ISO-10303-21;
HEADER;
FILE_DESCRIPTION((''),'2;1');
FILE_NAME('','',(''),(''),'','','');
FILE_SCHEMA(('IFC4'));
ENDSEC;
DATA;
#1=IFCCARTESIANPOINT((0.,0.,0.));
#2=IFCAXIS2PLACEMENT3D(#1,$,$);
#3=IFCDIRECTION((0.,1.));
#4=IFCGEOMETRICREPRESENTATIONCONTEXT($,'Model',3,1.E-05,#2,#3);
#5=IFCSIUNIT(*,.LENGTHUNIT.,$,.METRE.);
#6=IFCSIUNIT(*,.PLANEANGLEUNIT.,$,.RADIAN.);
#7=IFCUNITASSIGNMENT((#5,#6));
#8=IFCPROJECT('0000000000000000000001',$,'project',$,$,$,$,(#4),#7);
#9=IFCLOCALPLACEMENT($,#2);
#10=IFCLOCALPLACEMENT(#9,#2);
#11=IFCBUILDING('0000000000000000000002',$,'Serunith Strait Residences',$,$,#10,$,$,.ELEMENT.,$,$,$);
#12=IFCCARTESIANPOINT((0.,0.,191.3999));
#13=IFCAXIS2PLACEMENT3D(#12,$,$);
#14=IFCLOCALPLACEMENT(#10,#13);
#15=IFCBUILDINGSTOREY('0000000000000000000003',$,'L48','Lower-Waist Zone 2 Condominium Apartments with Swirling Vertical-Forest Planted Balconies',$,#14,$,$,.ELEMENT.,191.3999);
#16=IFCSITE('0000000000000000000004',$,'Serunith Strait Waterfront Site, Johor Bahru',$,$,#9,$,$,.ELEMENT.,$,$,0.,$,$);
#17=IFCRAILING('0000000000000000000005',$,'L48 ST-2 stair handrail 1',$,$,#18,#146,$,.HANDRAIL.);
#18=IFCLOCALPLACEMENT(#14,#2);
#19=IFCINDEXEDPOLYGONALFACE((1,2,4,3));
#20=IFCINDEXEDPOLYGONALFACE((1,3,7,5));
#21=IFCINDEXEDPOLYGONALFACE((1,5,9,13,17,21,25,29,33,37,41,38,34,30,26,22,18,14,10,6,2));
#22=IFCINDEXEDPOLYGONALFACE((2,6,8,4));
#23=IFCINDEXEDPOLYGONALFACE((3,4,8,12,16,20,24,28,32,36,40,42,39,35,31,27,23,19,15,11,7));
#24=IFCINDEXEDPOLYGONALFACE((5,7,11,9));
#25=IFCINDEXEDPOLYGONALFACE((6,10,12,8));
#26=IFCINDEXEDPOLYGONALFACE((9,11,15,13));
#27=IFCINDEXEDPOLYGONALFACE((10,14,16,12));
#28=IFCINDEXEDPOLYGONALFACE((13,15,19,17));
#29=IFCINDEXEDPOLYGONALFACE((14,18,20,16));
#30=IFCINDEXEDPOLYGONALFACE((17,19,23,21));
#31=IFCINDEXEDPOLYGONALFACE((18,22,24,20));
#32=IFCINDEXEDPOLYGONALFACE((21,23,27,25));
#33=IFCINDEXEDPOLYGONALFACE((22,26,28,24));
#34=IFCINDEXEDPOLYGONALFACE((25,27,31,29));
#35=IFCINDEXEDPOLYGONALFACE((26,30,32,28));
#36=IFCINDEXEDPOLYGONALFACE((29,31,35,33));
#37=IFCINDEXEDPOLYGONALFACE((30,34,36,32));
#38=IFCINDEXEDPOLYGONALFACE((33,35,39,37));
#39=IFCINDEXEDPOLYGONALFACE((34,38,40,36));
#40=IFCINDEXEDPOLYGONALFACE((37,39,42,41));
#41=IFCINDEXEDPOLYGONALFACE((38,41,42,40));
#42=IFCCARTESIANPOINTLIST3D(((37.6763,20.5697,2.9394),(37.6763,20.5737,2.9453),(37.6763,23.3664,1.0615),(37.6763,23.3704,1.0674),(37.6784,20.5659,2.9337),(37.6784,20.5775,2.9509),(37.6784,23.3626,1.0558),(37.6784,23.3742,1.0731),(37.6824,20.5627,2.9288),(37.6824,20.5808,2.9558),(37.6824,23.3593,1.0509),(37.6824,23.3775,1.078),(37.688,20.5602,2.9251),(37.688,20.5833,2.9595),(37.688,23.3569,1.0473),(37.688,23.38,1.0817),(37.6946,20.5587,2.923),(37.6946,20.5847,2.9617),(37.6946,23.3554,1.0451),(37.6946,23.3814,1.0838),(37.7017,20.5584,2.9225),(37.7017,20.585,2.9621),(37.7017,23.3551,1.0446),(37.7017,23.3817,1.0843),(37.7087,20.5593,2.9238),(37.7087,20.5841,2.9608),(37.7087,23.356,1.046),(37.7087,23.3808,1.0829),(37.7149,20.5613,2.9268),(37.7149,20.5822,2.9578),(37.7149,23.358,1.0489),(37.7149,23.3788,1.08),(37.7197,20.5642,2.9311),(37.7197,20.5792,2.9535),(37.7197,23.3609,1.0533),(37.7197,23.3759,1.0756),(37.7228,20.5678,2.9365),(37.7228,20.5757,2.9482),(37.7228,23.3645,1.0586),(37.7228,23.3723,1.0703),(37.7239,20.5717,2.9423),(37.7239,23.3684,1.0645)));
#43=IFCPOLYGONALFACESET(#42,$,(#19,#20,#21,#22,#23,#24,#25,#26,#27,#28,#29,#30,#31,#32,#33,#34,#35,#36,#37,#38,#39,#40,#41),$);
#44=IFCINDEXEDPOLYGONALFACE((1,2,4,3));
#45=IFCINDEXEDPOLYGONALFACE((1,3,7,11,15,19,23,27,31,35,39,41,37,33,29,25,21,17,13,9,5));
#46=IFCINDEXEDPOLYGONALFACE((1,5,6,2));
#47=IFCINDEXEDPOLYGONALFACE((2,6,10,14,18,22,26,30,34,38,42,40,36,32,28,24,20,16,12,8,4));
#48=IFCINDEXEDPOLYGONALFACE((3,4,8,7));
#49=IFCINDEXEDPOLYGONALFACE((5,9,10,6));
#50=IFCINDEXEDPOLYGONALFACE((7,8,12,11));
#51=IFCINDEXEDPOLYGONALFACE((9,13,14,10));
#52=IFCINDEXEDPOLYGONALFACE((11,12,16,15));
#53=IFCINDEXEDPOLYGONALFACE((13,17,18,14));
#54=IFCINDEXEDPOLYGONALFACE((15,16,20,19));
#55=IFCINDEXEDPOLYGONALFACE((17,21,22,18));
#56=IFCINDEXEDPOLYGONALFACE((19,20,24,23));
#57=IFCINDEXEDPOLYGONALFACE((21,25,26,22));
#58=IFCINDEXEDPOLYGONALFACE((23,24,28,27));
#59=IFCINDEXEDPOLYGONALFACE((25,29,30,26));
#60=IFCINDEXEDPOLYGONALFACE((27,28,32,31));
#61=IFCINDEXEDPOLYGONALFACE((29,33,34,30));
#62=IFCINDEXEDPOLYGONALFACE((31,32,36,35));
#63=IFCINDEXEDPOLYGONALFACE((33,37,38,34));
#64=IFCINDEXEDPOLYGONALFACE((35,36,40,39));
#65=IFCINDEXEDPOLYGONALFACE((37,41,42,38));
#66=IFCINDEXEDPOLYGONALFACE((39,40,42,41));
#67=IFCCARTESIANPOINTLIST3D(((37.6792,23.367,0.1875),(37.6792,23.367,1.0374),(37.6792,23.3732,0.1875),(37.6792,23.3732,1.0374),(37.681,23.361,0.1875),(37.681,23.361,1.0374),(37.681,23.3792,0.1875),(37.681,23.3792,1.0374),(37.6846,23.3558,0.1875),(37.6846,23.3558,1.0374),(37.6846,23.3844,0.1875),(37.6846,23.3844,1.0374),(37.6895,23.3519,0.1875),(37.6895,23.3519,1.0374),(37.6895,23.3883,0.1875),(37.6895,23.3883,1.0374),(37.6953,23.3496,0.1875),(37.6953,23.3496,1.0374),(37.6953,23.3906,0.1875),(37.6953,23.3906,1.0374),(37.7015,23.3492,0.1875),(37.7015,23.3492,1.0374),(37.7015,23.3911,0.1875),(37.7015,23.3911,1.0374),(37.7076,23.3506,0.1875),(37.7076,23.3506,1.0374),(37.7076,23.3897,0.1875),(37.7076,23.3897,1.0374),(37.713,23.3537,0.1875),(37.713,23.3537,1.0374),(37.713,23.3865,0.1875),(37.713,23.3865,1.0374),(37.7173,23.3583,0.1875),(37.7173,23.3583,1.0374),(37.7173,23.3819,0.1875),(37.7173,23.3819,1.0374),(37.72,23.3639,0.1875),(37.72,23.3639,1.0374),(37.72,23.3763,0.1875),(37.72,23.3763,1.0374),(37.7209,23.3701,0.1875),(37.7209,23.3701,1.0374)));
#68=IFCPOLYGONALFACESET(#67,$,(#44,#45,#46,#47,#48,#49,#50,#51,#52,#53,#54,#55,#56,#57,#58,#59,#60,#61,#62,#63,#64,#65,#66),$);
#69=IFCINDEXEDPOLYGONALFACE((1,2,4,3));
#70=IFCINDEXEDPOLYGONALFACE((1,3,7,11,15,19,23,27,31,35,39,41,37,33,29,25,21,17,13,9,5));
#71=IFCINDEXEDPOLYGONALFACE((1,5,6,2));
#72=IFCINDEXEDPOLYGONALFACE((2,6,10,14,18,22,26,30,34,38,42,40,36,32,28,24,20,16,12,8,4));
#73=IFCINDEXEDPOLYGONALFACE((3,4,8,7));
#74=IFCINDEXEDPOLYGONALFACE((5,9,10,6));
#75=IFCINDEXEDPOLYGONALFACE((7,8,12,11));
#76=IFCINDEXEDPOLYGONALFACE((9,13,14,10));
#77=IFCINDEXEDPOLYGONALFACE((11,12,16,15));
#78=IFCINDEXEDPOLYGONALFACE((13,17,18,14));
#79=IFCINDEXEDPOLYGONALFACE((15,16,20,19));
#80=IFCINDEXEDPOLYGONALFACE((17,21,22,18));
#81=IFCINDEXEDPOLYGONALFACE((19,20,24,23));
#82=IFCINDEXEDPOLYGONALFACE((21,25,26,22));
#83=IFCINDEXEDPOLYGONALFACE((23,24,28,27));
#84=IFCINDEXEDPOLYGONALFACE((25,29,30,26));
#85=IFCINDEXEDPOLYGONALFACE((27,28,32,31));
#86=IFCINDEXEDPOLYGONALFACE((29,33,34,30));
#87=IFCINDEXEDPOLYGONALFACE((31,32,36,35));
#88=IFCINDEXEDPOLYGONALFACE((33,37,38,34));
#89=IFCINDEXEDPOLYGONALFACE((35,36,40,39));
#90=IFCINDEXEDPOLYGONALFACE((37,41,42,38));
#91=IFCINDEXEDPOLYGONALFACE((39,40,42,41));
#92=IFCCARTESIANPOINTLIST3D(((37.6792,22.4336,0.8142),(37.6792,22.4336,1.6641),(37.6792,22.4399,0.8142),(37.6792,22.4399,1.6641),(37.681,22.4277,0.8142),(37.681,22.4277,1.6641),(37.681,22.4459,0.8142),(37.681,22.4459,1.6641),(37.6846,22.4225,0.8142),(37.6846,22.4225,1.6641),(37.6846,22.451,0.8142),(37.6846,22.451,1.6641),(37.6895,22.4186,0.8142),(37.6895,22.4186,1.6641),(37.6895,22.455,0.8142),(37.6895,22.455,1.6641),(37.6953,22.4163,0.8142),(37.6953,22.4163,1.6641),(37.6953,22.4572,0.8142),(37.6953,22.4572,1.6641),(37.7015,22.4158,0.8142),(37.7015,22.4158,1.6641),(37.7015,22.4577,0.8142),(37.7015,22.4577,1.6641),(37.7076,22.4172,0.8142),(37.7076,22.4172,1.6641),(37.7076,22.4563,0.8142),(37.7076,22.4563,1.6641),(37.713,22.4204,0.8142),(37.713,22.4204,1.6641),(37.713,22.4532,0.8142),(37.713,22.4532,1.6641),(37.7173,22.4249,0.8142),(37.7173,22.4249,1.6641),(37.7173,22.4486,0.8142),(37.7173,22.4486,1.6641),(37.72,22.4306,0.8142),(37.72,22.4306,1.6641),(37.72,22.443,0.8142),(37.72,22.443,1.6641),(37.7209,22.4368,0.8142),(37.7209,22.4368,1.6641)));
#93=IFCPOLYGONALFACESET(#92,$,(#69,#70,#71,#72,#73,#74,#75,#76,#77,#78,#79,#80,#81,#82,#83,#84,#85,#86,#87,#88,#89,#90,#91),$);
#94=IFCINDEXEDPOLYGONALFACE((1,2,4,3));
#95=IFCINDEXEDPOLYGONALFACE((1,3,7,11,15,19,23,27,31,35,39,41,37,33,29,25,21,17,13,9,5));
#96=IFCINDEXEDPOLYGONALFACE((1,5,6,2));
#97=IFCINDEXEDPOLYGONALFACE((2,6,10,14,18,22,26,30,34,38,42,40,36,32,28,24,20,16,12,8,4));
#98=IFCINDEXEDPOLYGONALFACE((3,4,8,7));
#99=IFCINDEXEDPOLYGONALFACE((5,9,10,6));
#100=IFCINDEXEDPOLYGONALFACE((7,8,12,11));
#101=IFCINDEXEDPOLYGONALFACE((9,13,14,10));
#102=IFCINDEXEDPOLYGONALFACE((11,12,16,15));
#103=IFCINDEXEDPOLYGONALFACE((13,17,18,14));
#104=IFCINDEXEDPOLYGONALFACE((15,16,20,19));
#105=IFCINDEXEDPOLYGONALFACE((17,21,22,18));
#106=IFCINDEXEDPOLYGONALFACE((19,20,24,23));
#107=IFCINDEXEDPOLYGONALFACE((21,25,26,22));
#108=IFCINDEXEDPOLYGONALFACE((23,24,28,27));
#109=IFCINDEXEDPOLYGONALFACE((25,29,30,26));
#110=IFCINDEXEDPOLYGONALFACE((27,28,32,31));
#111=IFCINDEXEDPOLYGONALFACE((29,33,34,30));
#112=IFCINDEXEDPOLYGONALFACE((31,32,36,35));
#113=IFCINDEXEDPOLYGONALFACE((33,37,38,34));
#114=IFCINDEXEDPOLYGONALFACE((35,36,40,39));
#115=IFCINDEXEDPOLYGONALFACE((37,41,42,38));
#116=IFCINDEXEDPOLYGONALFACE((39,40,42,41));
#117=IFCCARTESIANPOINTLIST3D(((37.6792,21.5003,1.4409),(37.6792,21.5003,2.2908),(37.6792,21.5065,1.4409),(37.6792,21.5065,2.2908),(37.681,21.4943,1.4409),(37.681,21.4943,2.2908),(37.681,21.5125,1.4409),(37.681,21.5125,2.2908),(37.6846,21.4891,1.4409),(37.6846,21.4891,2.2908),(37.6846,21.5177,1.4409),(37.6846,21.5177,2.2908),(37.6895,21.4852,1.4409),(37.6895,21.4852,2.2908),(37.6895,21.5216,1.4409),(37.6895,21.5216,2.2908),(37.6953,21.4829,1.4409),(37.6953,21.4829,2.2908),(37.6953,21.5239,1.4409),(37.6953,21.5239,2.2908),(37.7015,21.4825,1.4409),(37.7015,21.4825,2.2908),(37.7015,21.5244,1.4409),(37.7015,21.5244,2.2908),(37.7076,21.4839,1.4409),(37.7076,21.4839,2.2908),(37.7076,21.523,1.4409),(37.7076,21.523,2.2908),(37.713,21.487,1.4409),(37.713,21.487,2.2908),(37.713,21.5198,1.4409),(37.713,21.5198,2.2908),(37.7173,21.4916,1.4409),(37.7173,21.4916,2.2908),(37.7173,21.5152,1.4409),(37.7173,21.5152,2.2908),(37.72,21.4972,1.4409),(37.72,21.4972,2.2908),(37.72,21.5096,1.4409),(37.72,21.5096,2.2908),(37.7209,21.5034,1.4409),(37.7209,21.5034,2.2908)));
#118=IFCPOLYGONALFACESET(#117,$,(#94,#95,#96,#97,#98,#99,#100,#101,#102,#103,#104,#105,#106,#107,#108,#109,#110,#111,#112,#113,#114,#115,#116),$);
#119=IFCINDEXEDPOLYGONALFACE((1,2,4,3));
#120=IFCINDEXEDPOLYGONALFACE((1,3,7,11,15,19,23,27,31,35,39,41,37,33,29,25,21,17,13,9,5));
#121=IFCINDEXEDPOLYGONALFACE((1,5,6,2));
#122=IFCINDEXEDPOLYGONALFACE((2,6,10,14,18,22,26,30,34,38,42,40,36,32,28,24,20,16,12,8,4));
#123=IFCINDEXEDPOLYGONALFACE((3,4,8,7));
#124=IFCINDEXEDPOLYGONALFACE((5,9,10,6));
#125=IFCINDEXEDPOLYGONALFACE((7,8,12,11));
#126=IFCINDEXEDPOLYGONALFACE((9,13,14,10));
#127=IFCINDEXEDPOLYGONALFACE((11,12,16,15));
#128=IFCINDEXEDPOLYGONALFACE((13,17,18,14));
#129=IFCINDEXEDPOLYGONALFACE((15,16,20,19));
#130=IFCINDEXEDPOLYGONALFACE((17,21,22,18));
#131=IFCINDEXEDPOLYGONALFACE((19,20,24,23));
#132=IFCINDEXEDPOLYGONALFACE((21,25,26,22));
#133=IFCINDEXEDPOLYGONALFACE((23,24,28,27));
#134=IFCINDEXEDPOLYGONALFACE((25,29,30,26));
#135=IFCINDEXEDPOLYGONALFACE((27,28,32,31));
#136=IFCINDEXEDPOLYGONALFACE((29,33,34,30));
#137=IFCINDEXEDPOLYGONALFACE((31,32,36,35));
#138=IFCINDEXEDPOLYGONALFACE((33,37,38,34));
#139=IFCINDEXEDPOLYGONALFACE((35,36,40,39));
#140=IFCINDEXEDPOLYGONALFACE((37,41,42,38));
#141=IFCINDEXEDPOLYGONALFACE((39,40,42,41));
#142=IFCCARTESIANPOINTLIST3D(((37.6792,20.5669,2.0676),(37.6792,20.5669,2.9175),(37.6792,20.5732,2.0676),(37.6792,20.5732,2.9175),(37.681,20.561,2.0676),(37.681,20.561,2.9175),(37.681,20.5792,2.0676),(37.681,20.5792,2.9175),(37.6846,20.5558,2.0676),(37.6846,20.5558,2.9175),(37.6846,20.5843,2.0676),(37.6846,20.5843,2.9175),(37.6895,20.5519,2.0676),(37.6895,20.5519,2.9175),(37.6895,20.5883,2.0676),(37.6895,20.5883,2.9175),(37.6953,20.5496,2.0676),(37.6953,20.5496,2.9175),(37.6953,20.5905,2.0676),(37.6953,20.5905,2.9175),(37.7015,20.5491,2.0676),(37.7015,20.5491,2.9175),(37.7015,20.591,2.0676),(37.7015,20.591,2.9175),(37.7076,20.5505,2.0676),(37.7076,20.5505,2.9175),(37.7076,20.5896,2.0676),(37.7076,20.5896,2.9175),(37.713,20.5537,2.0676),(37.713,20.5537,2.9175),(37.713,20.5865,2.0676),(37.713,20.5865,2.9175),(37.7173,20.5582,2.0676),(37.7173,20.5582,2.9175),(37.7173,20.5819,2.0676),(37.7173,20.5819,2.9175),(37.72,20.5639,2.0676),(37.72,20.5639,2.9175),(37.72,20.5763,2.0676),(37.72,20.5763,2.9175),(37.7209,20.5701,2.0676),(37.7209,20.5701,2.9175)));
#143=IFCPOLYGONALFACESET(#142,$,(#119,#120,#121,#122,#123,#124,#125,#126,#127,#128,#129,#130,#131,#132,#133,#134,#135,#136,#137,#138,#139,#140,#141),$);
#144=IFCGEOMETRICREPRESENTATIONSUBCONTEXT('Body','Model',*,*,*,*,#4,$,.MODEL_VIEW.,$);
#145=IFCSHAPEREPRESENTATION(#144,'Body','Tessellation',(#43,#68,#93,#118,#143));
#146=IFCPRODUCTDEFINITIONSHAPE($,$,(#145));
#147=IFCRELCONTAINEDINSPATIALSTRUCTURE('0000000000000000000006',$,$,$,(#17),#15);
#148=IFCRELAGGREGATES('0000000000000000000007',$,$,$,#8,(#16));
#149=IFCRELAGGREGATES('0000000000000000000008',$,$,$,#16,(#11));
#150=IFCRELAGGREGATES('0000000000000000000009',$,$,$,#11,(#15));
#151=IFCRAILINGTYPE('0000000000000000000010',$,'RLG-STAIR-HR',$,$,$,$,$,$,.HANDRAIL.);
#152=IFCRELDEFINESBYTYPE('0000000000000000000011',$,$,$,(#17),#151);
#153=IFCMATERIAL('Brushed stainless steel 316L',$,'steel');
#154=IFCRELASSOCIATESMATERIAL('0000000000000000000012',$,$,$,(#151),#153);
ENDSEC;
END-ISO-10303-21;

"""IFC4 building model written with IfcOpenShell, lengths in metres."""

from ifc_helpers import new_model, si_unit, direction, frame, origin, origin_2d, place, context, subcontext, project, spatial, circle, extrude, material, type_object, element, save


model = new_model("IFC4")

# Units and contexts
model_context = context("Model", 3, precision=1e-05, world=origin(), true_north=direction((0.0, 1.0)))
body_context = subcontext(model_context, "Body", "Model", "MODEL_VIEW")
ifc_project = project(units=[si_unit("LENGTHUNIT", "METRE"), si_unit("PLANEANGLEUNIT", "RADIAN")], contexts=[model_context])

# Site, building, storey
site_placement = place(None, origin())
site = spatial("IfcSite", under=ifc_project, at=site_placement, Name="Serunith Strait Waterfront Site, Johor Bahru", CompositionType="ELEMENT", RefElevation=0.0)
building_placement = place(site_placement, origin())
building = spatial("IfcBuilding", under=site, at=building_placement, Name="Serunith Strait Residences", CompositionType="ELEMENT")
storey_placement = place(building_placement, frame((0.0, 0.0, 191.3999)))
storey = spatial("IfcBuildingStorey", under=building, at=storey_placement, Name="L48", Description="Lower-Waist Zone 2 Condominium Apartments with Swirling Vertical-Forest Planted Balconies", CompositionType="ELEMENT", Elevation=191.3999)

# Railing
ifc_material_1 = material(Name="Brushed stainless steel 316L", Category="steel")
railing_type_1 = type_object("IfcRailingType", Name="RLG-STAIR-HR", PredefinedType="HANDRAIL", material=ifc_material_1)
railing_1_placement = place(storey_placement, frame((37.7, 23.3701, 0.1875)))
element("IfcRailing", 1, at=railing_1_placement, inside=storey, type_object=railing_type_1, Name="L48 ST-2 stair handrail 1", PredefinedType="HANDRAIL", context=body_context, shape_type="SweptSolid", body=[
    extrude(circle(Radius=0.0239, at=origin_2d()), frame((0.0, -0.0017, 0.877), z_axis=(0.0, -0.830208, 0.557453), x_axis=(1.0, 0.0, 0.0)), (0.0, 0.0, 1.0), 3.3687),
    extrude(circle(Radius=0.021, at=origin_2d()), origin(), (0.0, 0.0, 1.0), 0.8499),
    extrude(circle(Radius=0.021, at=origin_2d()), frame((0.0, -0.9333, 0.6267)), (0.0, 0.0, 1.0), 0.8499),
    extrude(circle(Radius=0.021, at=origin_2d()), frame((0.0, -1.8667, 1.2534)), (0.0, 0.0, 1.0), 0.8499),
    extrude(circle(Radius=0.021, at=origin_2d()), frame((0.0, -2.8, 1.8801)), (0.0, 0.0, 1.0), 0.8499),
])

save(model, "model.ifc")
